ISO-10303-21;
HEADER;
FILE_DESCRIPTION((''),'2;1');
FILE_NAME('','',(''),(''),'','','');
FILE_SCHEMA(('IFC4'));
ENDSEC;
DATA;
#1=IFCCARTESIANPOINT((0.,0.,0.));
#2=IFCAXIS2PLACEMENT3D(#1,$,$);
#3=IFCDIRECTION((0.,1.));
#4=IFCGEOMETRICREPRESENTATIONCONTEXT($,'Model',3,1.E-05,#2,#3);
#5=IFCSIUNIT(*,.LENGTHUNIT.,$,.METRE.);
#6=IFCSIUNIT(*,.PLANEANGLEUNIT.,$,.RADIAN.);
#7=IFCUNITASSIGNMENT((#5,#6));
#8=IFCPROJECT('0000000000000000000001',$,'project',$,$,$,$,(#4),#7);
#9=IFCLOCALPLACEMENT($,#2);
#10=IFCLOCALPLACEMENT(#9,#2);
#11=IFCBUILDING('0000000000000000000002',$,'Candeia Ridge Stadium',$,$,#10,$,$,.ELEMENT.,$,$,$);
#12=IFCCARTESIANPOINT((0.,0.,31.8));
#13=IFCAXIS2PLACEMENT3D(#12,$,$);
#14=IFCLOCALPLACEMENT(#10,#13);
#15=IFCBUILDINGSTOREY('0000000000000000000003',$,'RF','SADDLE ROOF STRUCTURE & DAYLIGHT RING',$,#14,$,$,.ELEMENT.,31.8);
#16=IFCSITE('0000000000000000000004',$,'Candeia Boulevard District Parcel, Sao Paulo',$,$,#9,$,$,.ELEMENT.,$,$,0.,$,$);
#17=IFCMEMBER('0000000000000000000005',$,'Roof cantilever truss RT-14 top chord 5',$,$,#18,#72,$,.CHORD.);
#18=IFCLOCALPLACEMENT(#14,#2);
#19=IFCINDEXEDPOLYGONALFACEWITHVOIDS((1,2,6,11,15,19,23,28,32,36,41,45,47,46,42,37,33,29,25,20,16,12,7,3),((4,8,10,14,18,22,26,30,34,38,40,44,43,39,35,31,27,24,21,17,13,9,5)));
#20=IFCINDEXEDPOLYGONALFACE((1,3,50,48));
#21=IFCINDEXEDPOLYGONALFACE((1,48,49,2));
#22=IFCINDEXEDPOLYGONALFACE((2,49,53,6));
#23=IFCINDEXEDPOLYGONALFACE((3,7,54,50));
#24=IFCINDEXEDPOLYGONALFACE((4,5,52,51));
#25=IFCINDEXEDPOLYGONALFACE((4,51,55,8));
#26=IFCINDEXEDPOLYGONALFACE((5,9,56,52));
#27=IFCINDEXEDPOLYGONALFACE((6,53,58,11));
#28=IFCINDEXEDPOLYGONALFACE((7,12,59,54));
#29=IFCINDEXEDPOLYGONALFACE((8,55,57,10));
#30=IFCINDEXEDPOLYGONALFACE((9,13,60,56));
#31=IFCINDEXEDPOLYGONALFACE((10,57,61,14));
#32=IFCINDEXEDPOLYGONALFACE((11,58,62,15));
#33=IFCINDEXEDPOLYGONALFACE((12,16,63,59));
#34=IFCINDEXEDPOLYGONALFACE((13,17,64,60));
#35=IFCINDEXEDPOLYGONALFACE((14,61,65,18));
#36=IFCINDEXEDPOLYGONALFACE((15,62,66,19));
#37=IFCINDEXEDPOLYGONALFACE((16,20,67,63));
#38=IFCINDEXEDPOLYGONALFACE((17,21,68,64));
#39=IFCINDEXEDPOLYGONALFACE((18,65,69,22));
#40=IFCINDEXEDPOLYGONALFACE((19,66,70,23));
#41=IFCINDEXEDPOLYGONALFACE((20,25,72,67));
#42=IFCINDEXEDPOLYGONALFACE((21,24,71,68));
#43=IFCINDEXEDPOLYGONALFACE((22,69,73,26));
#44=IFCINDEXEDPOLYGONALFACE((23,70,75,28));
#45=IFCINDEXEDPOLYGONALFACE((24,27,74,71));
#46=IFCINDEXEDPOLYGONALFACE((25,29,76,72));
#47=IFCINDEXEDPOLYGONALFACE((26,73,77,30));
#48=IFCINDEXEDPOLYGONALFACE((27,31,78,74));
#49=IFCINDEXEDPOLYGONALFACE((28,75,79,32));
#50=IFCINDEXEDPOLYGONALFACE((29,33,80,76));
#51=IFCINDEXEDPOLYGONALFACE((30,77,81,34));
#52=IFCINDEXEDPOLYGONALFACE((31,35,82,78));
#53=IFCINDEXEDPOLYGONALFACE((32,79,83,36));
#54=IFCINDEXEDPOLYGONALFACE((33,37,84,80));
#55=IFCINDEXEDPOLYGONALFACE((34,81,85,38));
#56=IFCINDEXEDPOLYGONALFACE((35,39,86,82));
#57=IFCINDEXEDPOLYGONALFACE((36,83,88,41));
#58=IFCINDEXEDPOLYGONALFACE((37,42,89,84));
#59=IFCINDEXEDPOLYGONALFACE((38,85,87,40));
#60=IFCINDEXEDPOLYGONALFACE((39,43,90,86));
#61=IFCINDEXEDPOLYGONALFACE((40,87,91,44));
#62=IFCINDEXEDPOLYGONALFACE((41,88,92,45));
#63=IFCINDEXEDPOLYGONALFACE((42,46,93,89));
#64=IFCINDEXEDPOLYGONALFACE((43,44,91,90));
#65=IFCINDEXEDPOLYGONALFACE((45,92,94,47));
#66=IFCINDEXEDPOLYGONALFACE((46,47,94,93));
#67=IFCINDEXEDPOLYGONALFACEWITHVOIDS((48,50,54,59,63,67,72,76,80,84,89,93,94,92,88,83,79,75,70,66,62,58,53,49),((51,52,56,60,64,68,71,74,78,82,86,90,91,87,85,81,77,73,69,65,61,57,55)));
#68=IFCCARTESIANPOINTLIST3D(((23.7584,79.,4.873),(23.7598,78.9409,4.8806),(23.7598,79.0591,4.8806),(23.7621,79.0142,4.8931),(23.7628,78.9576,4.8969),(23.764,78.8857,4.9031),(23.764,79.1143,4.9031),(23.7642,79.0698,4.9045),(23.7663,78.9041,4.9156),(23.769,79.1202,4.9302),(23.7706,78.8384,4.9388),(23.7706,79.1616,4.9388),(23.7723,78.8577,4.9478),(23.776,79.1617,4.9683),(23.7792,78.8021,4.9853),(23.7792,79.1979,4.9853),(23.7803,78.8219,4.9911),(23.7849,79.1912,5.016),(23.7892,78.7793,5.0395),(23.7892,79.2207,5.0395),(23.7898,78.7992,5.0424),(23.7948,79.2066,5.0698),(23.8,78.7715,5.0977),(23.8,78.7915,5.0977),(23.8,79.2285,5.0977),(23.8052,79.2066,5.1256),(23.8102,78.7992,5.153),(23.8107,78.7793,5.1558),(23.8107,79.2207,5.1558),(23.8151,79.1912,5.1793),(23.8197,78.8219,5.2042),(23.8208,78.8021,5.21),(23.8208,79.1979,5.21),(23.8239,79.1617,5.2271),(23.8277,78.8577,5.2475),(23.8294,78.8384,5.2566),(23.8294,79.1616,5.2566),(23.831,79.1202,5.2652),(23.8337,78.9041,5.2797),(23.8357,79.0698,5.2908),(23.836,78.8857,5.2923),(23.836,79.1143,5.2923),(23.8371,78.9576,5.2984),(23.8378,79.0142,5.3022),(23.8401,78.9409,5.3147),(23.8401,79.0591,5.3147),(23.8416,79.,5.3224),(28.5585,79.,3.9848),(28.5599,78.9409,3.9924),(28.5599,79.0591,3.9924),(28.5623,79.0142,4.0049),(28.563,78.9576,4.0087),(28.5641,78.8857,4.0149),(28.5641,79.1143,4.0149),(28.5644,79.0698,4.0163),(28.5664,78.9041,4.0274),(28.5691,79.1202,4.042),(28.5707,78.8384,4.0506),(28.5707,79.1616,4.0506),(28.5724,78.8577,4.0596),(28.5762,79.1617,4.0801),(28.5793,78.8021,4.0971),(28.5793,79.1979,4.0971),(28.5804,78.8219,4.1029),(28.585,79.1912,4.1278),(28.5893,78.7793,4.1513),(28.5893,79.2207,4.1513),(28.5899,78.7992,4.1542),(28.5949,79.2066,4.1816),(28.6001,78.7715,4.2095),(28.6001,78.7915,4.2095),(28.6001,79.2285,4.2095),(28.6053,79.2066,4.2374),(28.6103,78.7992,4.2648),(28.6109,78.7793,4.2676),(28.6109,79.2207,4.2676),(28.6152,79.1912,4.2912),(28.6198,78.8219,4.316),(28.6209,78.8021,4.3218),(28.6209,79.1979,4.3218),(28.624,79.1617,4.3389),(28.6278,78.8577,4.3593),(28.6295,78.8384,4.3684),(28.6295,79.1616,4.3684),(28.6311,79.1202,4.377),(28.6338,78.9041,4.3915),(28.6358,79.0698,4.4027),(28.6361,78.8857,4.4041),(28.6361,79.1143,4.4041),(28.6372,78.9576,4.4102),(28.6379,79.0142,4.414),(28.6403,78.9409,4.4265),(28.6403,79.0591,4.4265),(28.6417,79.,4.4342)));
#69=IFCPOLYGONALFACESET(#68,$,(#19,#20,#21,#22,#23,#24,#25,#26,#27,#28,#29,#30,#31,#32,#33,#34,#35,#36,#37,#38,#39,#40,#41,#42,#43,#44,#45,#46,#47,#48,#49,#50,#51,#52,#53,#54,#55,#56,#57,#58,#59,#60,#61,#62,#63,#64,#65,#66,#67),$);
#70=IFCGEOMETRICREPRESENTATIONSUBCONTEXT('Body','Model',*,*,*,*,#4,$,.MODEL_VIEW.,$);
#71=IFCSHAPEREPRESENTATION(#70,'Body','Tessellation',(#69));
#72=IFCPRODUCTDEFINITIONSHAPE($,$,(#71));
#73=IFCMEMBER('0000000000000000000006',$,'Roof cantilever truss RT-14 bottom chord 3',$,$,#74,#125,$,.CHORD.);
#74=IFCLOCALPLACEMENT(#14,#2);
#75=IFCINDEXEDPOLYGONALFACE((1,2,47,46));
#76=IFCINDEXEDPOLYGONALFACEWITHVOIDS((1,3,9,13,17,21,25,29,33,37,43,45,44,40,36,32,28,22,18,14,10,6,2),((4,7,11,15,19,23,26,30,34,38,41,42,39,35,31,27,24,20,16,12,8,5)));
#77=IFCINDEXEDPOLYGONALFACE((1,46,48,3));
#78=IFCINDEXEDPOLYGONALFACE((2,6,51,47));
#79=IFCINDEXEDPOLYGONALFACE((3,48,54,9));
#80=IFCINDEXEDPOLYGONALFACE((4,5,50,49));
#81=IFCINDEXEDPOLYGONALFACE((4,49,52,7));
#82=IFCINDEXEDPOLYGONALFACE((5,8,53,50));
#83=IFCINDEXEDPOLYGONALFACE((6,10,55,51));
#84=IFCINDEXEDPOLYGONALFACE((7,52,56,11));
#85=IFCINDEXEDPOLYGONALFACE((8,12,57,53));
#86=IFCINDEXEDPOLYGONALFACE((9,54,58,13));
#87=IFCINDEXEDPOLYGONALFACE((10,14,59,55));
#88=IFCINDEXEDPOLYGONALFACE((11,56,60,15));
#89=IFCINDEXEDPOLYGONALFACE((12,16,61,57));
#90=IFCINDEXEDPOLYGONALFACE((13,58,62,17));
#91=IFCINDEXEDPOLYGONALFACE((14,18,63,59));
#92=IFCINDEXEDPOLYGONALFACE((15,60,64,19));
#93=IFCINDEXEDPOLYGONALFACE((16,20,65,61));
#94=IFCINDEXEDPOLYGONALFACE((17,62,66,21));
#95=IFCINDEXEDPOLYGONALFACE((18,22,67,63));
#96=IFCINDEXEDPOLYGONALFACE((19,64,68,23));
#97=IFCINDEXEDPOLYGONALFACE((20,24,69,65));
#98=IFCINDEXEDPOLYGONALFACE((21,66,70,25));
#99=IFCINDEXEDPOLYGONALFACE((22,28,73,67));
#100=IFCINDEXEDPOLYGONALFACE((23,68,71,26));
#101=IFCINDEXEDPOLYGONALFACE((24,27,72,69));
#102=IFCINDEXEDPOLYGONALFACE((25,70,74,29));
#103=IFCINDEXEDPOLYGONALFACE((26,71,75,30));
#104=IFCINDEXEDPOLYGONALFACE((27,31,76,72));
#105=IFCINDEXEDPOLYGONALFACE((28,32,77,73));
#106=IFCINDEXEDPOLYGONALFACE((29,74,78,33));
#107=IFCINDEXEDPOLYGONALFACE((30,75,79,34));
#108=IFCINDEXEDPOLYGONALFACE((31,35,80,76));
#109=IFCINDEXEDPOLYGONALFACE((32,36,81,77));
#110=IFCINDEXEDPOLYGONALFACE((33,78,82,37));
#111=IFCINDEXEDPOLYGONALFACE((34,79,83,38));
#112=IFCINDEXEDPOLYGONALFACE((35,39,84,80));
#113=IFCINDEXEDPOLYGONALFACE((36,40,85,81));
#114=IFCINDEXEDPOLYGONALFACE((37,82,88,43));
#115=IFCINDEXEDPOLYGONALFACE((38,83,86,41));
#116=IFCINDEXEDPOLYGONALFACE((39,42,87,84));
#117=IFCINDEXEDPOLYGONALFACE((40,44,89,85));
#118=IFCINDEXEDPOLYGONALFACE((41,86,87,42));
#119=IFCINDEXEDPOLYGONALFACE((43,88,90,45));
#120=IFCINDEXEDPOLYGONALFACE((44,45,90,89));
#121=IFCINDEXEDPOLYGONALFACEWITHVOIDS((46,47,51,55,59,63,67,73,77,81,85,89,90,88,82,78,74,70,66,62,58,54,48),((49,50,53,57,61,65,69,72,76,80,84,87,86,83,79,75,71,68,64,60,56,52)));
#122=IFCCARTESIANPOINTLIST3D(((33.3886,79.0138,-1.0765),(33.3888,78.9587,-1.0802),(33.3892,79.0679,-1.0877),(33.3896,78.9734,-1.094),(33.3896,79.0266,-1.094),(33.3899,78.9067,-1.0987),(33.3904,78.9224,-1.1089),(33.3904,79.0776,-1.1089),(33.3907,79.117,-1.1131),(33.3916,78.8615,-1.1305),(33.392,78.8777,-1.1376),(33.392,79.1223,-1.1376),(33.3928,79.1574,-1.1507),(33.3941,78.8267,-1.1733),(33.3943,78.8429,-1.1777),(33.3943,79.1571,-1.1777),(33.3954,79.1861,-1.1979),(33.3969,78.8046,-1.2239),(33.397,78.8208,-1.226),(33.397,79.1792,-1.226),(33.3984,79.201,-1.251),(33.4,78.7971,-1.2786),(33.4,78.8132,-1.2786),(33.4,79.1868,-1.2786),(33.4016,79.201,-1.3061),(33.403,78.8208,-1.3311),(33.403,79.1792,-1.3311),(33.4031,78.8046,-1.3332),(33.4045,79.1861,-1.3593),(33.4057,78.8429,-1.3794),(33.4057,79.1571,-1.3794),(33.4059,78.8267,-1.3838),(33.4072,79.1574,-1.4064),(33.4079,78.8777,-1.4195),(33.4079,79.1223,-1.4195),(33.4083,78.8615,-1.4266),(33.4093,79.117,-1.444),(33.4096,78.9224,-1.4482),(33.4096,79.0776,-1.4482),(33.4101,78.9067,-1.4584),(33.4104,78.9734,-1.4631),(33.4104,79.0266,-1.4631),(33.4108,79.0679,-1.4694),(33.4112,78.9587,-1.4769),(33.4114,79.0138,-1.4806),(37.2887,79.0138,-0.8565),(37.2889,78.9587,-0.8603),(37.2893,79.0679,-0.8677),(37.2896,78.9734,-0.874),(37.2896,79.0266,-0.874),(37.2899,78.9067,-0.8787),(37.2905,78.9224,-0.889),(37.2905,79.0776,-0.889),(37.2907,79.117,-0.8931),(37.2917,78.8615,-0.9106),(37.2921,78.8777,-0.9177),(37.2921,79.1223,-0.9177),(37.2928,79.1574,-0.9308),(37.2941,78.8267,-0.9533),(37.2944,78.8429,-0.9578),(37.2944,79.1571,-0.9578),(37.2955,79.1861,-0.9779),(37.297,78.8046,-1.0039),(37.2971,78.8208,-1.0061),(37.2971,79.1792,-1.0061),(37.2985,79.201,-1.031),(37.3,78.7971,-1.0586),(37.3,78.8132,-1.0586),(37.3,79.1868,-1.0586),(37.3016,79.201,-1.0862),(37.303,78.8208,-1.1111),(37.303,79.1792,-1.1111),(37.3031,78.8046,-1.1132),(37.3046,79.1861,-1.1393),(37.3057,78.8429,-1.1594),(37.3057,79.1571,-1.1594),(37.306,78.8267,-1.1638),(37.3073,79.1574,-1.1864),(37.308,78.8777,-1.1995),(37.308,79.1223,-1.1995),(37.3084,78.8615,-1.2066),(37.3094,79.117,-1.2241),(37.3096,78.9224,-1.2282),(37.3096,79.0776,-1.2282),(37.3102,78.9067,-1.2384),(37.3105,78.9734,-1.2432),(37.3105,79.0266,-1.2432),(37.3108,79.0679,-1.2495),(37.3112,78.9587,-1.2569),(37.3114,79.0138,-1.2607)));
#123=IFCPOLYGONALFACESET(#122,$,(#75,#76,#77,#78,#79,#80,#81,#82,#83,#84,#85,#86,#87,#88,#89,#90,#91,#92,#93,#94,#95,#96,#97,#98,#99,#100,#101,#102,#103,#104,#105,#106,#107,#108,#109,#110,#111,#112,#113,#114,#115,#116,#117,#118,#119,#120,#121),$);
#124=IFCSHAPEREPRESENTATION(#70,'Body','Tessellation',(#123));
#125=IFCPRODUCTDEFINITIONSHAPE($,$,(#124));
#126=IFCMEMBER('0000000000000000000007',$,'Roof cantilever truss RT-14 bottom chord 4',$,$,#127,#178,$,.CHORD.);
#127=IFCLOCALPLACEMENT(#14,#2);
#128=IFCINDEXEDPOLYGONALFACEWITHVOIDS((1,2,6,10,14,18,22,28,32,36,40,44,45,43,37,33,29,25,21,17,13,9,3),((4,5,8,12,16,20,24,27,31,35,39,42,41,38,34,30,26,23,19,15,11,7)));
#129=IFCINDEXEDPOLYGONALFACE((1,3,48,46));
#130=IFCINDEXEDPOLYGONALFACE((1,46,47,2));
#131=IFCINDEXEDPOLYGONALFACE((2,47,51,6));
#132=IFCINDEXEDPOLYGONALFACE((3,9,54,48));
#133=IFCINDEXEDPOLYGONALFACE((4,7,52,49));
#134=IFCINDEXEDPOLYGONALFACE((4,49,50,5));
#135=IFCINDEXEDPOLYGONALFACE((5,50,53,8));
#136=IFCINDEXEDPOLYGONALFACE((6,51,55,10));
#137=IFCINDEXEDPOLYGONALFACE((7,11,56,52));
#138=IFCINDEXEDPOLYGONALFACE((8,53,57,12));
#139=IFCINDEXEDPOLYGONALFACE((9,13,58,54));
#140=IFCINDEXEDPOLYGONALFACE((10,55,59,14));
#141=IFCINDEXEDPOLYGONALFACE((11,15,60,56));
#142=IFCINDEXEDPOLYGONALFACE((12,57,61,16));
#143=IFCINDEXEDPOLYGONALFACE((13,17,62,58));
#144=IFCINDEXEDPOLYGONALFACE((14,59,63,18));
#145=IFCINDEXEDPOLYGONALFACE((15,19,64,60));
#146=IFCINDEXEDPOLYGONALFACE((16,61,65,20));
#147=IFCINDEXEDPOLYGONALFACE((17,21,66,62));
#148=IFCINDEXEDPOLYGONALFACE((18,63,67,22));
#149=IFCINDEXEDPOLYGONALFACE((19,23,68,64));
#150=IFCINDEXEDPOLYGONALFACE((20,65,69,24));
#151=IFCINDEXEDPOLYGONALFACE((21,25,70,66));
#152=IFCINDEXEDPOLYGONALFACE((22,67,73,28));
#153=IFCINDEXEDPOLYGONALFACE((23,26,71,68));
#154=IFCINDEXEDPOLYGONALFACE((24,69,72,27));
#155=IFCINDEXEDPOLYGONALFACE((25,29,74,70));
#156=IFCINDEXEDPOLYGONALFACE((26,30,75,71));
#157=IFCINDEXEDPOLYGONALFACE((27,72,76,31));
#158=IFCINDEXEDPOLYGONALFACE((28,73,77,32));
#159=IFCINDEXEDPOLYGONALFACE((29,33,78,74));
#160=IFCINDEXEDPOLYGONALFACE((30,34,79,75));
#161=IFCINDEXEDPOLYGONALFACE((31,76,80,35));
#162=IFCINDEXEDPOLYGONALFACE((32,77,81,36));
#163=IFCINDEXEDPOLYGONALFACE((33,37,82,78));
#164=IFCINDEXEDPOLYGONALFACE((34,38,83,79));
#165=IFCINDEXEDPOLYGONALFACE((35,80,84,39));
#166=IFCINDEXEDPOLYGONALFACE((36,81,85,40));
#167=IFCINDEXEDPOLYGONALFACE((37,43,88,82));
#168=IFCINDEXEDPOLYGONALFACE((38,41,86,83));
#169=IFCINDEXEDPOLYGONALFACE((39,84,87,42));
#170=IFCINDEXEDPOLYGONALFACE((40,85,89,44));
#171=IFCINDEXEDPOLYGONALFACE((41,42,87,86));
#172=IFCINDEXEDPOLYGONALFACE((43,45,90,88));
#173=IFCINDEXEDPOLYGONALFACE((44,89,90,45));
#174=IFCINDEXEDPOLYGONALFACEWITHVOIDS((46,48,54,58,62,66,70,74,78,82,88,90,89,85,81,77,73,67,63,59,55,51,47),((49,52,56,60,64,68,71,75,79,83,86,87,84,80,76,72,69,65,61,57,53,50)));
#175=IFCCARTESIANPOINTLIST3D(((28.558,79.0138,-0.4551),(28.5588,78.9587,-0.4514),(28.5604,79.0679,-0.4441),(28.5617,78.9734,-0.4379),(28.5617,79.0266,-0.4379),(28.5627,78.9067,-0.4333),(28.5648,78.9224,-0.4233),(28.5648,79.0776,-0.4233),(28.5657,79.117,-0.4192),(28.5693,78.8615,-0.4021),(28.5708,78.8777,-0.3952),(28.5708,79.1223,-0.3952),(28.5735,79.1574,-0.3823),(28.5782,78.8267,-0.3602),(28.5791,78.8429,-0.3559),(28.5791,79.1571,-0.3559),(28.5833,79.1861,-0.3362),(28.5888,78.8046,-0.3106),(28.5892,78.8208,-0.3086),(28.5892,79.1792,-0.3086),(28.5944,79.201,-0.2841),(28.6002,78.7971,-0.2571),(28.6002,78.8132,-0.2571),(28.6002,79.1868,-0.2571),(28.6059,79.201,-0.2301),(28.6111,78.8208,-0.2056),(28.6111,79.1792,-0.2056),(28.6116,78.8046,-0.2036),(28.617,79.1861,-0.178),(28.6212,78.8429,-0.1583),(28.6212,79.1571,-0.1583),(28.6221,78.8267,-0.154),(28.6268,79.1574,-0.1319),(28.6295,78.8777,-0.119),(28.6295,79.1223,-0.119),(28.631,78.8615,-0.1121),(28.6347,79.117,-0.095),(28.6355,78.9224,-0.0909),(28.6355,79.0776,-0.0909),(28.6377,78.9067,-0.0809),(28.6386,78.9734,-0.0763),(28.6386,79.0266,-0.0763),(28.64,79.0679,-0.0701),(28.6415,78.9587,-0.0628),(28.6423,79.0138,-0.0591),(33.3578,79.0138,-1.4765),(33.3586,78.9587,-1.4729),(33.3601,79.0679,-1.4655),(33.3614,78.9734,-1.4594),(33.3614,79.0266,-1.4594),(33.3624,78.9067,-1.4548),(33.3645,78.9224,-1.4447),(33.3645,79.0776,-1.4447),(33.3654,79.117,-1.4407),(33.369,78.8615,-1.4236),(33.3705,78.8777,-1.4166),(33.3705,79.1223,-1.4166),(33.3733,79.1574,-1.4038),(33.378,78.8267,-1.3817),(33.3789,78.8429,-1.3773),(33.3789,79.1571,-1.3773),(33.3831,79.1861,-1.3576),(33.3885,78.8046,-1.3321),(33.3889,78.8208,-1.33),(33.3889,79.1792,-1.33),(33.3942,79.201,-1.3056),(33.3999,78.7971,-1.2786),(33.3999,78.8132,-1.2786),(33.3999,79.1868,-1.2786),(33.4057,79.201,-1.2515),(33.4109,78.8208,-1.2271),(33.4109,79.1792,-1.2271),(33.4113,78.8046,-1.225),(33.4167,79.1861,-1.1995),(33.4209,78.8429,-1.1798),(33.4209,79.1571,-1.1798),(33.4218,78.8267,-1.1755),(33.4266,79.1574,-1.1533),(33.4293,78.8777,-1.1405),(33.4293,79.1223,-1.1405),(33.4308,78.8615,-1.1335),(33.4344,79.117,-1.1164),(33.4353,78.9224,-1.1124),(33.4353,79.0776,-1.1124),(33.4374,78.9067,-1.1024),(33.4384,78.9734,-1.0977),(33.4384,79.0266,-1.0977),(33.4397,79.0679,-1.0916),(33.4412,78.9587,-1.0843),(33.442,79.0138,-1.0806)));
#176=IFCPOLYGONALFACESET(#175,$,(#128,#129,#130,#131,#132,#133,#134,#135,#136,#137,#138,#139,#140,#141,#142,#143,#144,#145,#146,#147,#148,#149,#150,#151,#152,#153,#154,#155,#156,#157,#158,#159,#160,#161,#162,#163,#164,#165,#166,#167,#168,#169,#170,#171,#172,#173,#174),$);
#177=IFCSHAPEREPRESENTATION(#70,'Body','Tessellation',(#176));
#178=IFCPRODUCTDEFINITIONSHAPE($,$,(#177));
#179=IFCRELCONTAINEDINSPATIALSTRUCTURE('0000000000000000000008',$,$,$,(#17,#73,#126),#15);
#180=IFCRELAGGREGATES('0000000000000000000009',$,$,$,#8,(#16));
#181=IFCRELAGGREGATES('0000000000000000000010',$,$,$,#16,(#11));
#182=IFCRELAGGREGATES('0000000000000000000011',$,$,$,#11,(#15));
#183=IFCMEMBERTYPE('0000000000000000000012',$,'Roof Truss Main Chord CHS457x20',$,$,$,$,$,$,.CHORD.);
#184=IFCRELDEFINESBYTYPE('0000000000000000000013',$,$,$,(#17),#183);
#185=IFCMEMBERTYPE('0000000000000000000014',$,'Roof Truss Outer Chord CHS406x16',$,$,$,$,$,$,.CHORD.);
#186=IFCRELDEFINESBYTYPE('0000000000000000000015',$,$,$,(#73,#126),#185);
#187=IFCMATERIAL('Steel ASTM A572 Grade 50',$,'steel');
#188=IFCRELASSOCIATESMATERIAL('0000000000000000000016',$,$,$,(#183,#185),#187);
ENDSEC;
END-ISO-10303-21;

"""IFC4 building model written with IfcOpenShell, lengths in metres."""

from ifc_helpers import new_model, si_unit, direction, frame, origin, origin_2d, place, context, subcontext, project, spatial, hollow_circle, extrude, material, material_profile, profile_set, type_object, element, save


model = new_model("IFC4")

# Units and contexts
model_context = context("Model", 3, precision=1e-05, world=origin(), true_north=direction((0.0, 1.0)))
body_context = subcontext(model_context, "Body", "Model", "MODEL_VIEW")
ifc_project = project(units=[si_unit("LENGTHUNIT", "METRE"), si_unit("PLANEANGLEUNIT", "RADIAN")], contexts=[model_context])

# Site, building, storey
site_placement = place(None, origin())
site = spatial("IfcSite", under=ifc_project, at=site_placement, Name="Candeia Boulevard District Parcel, Sao Paulo", CompositionType="ELEMENT", RefElevation=0.0)
building_placement = place(site_placement, origin())
building = spatial("IfcBuilding", under=site, at=building_placement, Name="Candeia Ridge Stadium", CompositionType="ELEMENT")
storey_placement = place(building_placement, frame((0.0, 0.0, 31.8)))
storey = spatial("IfcBuildingStorey", under=building, at=storey_placement, Name="RF", Description="SADDLE ROOF STRUCTURE & DAYLIGHT RING", CompositionType="ELEMENT", Elevation=31.8)

# Shared definitions
ifc_material_1 = material(Name="Steel ASTM A572 Grade 50", Category="steel")

# Members
ifc_material_profile_1 = material_profile(ifc_material_1, hollow_circle(Radius=0.2285, WallThickness=0.02, at=origin_2d()), Name="CHS457x20", Category="steel")
ifc_profile_set_1 = profile_set([ifc_material_profile_1], Name="Steel ASTM A572 Grade 50")
member_type_1 = type_object("IfcMemberType", Name="Roof Truss Main Chord CHS457x20", PredefinedType="CHORD", material=ifc_profile_set_1)
member_1_placement = place(storey_placement, frame((28.6001, 79.0, 4.2095), z_axis=(-0.983308, 0.0, 0.181948), x_axis=(0.0, -1.0, 0.0)))
element("IfcMember", 1, at=member_1_placement, inside=storey, type_object=member_type_1, Name="Roof cantilever truss RT-14 top chord 5", PredefinedType="CHORD", context=body_context, shape_type="SweptSolid", body=[
    extrude(hollow_circle(Radius=0.2285, WallThickness=0.02, at=origin_2d()), origin(), (0.0, 0.0, 1.0), 4.8816),
])
ifc_material_profile_2 = material_profile(ifc_material_1, hollow_circle(Radius=0.2029, WallThickness=0.0161, at=origin_2d()), Name="CHS406x16", Category="steel")
ifc_profile_set_2 = profile_set([ifc_material_profile_2], Name="Steel ASTM A572 Grade 50")
member_type_2 = type_object("IfcMemberType", Name="Roof Truss Outer Chord CHS406x16", PredefinedType="CHORD", material=ifc_profile_set_2)
member_2_placement = place(storey_placement, frame((37.3, 79.0, -1.0586), z_axis=(-0.998413, 0.0, -0.056311), x_axis=(0.0, -1.0, 0.0)))
element("IfcMember", 2, at=member_2_placement, inside=storey, type_object=member_type_2, Name="Roof cantilever truss RT-14 bottom chord 3", PredefinedType="CHORD", context=body_context, shape_type="SweptSolid", body=[
    extrude(hollow_circle(Radius=0.2029, WallThickness=0.0161, at=origin_2d()), origin(), (0.0, 0.0, 1.0), 3.9062),
])
member_3_placement = place(storey_placement, frame((33.3999, 79.0, -1.2786), z_axis=(-0.978096, 0.0, 0.208156), x_axis=(0.0, -1.0, 0.0)))
element("IfcMember", 3, at=member_3_placement, inside=storey, type_object=member_type_2, Name="Roof cantilever truss RT-14 bottom chord 4", PredefinedType="CHORD", context=body_context, shape_type="SweptSolid", body=[
    extrude(hollow_circle(Radius=0.2029, WallThickness=0.0161, at=origin_2d()), origin(), (0.0, 0.0, 1.0), 4.9072),
])

save(model, "model.ifc")
